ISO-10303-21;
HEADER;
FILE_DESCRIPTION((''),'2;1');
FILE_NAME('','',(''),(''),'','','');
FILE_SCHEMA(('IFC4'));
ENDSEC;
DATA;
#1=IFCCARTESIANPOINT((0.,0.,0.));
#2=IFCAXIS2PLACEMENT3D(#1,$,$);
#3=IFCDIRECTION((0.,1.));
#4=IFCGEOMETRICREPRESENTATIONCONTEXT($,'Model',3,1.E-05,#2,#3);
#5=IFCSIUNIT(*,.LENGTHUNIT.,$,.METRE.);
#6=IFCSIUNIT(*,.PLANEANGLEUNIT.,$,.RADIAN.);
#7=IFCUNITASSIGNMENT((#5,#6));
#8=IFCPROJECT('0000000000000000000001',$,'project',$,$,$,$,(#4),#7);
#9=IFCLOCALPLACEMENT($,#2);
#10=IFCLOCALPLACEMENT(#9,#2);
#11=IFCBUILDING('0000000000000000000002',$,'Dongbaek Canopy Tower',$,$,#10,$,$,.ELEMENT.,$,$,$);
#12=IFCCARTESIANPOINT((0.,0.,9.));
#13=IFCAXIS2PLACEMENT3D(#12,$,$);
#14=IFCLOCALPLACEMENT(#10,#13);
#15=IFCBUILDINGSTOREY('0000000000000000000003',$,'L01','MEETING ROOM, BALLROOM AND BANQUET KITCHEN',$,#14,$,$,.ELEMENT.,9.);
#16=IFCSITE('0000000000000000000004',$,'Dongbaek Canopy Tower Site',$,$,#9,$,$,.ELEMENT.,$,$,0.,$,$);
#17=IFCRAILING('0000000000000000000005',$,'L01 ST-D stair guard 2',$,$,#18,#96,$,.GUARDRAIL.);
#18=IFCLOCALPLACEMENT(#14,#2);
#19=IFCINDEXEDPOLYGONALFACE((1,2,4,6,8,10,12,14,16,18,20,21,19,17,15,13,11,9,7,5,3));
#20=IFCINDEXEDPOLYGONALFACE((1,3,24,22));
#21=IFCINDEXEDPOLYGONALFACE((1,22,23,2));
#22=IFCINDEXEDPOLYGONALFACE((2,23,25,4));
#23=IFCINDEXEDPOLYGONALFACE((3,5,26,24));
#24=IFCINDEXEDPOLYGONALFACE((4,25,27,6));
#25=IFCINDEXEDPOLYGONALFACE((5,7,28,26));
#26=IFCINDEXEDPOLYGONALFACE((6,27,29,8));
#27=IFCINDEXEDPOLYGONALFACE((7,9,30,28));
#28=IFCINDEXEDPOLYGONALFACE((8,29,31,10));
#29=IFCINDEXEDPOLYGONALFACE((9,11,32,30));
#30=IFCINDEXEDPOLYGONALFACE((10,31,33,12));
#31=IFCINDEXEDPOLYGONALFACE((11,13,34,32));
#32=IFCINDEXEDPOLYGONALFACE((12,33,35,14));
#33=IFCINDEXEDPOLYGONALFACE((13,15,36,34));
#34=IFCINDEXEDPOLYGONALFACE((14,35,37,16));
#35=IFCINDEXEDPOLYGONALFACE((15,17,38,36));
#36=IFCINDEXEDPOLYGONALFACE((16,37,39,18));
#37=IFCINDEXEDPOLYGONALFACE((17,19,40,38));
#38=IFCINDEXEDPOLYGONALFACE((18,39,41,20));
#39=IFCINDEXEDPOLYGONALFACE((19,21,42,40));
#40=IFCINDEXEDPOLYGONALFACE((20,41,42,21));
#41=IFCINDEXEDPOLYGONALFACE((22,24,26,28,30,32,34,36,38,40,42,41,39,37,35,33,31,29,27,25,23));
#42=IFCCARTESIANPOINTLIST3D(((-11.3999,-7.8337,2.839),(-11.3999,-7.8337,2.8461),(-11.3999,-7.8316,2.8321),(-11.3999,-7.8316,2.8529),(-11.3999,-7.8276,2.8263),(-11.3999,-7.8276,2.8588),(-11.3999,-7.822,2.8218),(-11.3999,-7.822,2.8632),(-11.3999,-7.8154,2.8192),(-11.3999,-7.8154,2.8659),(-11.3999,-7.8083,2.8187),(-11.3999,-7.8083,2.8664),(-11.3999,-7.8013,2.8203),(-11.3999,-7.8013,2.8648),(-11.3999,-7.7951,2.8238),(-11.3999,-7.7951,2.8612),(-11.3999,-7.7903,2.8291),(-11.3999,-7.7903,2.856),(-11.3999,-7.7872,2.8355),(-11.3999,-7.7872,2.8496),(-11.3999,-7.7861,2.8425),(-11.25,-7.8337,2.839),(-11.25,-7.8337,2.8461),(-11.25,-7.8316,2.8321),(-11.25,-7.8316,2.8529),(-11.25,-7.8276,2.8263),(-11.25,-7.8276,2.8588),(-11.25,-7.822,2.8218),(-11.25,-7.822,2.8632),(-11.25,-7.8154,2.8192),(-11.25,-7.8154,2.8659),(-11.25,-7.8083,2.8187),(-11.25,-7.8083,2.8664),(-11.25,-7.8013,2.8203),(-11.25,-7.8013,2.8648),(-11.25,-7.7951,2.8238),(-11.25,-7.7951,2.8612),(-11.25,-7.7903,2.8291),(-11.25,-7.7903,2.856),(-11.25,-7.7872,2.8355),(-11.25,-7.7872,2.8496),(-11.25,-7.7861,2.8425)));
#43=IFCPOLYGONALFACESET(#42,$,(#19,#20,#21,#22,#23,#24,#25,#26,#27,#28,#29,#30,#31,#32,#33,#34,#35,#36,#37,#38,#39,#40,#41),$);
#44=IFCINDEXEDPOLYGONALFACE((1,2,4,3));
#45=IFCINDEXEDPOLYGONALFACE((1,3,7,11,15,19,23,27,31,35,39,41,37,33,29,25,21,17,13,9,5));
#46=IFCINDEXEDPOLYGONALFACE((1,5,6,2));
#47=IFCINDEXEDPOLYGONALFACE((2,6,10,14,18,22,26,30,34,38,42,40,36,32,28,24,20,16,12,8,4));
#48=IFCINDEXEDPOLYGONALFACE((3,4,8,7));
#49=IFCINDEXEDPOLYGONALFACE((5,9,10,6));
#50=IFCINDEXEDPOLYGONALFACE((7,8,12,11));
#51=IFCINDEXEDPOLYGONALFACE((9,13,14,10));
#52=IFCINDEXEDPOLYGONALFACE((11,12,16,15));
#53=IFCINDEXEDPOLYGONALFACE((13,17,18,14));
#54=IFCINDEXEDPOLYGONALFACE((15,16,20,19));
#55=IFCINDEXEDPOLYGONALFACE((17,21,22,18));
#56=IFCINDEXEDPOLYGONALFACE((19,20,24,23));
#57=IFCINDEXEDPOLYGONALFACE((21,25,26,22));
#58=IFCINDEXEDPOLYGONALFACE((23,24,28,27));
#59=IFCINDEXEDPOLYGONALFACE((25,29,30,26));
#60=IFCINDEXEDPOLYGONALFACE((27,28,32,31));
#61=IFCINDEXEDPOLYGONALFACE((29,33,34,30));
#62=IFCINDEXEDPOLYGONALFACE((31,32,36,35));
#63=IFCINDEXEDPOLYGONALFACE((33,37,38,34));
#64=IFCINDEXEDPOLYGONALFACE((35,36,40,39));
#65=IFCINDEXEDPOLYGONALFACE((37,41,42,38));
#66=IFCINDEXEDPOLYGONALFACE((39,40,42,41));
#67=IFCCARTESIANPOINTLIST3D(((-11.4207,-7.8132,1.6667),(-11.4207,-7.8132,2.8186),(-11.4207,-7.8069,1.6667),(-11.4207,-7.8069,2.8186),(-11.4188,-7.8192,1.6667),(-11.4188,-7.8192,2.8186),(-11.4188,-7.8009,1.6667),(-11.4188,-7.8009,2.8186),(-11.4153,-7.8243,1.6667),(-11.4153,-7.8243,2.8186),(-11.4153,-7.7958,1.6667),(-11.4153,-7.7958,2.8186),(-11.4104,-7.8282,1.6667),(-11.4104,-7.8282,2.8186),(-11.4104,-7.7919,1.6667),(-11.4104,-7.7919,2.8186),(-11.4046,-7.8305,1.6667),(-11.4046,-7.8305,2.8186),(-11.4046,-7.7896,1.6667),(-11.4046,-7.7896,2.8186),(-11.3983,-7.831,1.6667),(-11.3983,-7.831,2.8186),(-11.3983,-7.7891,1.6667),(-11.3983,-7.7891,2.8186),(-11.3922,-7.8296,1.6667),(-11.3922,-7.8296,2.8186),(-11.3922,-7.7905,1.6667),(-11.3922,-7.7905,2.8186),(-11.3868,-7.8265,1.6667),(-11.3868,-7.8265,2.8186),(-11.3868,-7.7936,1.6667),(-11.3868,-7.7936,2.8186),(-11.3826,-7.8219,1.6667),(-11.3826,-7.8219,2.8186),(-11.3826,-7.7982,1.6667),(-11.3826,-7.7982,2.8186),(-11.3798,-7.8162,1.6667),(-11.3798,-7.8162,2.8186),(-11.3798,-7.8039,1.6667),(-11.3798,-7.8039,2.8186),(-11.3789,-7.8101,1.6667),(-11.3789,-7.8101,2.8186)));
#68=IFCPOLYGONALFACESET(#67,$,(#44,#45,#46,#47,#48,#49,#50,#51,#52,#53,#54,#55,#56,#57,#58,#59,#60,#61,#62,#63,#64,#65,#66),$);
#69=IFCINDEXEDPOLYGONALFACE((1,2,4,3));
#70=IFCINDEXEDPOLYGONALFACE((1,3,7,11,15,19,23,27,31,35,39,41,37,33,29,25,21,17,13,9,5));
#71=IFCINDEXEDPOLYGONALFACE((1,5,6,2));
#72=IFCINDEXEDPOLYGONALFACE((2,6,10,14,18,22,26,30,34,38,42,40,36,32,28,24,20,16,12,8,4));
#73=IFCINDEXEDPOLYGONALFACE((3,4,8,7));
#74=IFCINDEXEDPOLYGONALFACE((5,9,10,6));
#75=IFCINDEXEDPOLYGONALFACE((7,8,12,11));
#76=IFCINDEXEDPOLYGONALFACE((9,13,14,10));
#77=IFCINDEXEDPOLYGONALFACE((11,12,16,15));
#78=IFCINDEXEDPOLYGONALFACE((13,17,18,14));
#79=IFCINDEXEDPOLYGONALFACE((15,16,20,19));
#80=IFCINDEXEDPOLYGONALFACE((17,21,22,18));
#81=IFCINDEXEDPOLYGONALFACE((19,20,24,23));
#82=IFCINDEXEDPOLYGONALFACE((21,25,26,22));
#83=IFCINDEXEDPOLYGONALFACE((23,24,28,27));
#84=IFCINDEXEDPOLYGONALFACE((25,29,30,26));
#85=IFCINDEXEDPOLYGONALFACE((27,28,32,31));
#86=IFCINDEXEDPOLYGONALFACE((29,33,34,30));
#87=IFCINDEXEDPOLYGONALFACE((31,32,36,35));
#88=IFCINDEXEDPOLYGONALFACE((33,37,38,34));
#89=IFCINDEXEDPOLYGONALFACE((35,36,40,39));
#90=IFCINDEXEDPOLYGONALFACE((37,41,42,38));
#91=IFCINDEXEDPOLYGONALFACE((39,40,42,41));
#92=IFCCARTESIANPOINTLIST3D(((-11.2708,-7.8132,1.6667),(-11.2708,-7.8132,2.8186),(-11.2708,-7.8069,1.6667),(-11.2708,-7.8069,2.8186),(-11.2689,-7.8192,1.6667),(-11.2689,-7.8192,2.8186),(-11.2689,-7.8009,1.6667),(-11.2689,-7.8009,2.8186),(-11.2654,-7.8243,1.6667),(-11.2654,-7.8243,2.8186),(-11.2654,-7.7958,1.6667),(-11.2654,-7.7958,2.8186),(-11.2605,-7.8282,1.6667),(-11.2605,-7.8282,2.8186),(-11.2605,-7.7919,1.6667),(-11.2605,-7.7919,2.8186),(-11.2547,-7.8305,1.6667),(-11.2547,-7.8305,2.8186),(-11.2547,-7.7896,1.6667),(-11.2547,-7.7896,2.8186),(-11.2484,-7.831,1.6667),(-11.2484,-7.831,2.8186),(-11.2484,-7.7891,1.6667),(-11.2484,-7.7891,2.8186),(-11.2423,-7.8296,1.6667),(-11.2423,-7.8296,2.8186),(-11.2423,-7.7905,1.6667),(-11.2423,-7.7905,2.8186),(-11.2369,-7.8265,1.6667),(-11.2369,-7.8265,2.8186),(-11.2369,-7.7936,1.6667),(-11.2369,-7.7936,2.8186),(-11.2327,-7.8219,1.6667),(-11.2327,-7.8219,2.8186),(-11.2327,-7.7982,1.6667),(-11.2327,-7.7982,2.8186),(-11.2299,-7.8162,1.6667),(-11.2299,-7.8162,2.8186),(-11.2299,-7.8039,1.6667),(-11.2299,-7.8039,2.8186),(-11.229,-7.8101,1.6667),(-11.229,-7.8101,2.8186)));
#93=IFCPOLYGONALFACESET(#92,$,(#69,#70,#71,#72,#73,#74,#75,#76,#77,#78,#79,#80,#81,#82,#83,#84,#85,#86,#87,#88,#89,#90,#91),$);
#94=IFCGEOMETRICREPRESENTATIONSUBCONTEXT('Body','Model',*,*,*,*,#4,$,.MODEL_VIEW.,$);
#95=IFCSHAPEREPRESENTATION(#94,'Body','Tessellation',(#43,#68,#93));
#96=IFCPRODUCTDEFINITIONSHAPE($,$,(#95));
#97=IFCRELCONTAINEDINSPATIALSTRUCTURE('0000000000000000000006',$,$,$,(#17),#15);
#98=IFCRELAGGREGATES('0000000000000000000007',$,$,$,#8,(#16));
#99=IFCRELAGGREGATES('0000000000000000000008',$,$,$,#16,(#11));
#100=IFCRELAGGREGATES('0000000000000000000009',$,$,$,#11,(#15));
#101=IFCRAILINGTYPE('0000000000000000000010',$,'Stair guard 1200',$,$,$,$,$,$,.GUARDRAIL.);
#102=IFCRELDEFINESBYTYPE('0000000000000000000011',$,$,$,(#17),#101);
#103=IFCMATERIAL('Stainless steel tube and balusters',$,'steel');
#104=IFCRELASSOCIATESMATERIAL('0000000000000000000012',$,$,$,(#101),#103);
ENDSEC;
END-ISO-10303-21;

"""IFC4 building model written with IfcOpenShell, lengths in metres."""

from ifc_helpers import new_model, si_unit, direction, frame, origin, origin_2d, place, context, subcontext, project, spatial, circle, extrude, material, type_object, element, save


model = new_model("IFC4")

# Units and contexts
model_context = context("Model", 3, precision=1e-05, world=origin(), true_north=direction((0.0, 1.0)))
body_context = subcontext(model_context, "Body", "Model", "MODEL_VIEW")
ifc_project = project(units=[si_unit("LENGTHUNIT", "METRE"), si_unit("PLANEANGLEUNIT", "RADIAN")], contexts=[model_context])

# Site, building, storey
site_placement = place(None, origin())
site = spatial("IfcSite", under=ifc_project, at=site_placement, Name="Dongbaek Canopy Tower Site", CompositionType="ELEMENT", RefElevation=0.0)
building_placement = place(site_placement, origin())
building = spatial("IfcBuilding", under=site, at=building_placement, Name="Dongbaek Canopy Tower", CompositionType="ELEMENT")
storey_placement = place(building_placement, frame((0.0, 0.0, 9.0)))
storey = spatial("IfcBuildingStorey", under=building, at=storey_placement, Name="L01", Description="MEETING ROOM, BALLROOM AND BANQUET KITCHEN", CompositionType="ELEMENT", Elevation=9.0)

# Railing
ifc_material_1 = material(Name="Stainless steel tube and balusters", Category="steel")
railing_type_1 = type_object("IfcRailingType", Name="Stair guard 1200", PredefinedType="GUARDRAIL", material=ifc_material_1)
railing_1_placement = place(storey_placement, frame((-11.3999, -7.8101, 1.6667)))
element("IfcRailing", 1, at=railing_1_placement, inside=storey, type_object=railing_type_1, Name="L01 ST-D stair guard 2", PredefinedType="GUARDRAIL", context=body_context, shape_type="SweptSolid", body=[
    extrude(circle(Radius=0.0239, at=origin_2d()), frame((0.0, 0.0, 1.1758), z_axis=(1.0, 0.0, 0.0), x_axis=(0.0, 1.0, 0.0)), (0.0, 0.0, 1.0), 0.1499),
    extrude(circle(Radius=0.021, at=origin_2d()), origin(), (0.0, 0.0, 1.0), 1.1519),
    extrude(circle(Radius=0.021, at=origin_2d()), frame((0.1499, 0.0, 0.0)), (0.0, 0.0, 1.0), 1.1519),
])

save(model, "model.ifc")
